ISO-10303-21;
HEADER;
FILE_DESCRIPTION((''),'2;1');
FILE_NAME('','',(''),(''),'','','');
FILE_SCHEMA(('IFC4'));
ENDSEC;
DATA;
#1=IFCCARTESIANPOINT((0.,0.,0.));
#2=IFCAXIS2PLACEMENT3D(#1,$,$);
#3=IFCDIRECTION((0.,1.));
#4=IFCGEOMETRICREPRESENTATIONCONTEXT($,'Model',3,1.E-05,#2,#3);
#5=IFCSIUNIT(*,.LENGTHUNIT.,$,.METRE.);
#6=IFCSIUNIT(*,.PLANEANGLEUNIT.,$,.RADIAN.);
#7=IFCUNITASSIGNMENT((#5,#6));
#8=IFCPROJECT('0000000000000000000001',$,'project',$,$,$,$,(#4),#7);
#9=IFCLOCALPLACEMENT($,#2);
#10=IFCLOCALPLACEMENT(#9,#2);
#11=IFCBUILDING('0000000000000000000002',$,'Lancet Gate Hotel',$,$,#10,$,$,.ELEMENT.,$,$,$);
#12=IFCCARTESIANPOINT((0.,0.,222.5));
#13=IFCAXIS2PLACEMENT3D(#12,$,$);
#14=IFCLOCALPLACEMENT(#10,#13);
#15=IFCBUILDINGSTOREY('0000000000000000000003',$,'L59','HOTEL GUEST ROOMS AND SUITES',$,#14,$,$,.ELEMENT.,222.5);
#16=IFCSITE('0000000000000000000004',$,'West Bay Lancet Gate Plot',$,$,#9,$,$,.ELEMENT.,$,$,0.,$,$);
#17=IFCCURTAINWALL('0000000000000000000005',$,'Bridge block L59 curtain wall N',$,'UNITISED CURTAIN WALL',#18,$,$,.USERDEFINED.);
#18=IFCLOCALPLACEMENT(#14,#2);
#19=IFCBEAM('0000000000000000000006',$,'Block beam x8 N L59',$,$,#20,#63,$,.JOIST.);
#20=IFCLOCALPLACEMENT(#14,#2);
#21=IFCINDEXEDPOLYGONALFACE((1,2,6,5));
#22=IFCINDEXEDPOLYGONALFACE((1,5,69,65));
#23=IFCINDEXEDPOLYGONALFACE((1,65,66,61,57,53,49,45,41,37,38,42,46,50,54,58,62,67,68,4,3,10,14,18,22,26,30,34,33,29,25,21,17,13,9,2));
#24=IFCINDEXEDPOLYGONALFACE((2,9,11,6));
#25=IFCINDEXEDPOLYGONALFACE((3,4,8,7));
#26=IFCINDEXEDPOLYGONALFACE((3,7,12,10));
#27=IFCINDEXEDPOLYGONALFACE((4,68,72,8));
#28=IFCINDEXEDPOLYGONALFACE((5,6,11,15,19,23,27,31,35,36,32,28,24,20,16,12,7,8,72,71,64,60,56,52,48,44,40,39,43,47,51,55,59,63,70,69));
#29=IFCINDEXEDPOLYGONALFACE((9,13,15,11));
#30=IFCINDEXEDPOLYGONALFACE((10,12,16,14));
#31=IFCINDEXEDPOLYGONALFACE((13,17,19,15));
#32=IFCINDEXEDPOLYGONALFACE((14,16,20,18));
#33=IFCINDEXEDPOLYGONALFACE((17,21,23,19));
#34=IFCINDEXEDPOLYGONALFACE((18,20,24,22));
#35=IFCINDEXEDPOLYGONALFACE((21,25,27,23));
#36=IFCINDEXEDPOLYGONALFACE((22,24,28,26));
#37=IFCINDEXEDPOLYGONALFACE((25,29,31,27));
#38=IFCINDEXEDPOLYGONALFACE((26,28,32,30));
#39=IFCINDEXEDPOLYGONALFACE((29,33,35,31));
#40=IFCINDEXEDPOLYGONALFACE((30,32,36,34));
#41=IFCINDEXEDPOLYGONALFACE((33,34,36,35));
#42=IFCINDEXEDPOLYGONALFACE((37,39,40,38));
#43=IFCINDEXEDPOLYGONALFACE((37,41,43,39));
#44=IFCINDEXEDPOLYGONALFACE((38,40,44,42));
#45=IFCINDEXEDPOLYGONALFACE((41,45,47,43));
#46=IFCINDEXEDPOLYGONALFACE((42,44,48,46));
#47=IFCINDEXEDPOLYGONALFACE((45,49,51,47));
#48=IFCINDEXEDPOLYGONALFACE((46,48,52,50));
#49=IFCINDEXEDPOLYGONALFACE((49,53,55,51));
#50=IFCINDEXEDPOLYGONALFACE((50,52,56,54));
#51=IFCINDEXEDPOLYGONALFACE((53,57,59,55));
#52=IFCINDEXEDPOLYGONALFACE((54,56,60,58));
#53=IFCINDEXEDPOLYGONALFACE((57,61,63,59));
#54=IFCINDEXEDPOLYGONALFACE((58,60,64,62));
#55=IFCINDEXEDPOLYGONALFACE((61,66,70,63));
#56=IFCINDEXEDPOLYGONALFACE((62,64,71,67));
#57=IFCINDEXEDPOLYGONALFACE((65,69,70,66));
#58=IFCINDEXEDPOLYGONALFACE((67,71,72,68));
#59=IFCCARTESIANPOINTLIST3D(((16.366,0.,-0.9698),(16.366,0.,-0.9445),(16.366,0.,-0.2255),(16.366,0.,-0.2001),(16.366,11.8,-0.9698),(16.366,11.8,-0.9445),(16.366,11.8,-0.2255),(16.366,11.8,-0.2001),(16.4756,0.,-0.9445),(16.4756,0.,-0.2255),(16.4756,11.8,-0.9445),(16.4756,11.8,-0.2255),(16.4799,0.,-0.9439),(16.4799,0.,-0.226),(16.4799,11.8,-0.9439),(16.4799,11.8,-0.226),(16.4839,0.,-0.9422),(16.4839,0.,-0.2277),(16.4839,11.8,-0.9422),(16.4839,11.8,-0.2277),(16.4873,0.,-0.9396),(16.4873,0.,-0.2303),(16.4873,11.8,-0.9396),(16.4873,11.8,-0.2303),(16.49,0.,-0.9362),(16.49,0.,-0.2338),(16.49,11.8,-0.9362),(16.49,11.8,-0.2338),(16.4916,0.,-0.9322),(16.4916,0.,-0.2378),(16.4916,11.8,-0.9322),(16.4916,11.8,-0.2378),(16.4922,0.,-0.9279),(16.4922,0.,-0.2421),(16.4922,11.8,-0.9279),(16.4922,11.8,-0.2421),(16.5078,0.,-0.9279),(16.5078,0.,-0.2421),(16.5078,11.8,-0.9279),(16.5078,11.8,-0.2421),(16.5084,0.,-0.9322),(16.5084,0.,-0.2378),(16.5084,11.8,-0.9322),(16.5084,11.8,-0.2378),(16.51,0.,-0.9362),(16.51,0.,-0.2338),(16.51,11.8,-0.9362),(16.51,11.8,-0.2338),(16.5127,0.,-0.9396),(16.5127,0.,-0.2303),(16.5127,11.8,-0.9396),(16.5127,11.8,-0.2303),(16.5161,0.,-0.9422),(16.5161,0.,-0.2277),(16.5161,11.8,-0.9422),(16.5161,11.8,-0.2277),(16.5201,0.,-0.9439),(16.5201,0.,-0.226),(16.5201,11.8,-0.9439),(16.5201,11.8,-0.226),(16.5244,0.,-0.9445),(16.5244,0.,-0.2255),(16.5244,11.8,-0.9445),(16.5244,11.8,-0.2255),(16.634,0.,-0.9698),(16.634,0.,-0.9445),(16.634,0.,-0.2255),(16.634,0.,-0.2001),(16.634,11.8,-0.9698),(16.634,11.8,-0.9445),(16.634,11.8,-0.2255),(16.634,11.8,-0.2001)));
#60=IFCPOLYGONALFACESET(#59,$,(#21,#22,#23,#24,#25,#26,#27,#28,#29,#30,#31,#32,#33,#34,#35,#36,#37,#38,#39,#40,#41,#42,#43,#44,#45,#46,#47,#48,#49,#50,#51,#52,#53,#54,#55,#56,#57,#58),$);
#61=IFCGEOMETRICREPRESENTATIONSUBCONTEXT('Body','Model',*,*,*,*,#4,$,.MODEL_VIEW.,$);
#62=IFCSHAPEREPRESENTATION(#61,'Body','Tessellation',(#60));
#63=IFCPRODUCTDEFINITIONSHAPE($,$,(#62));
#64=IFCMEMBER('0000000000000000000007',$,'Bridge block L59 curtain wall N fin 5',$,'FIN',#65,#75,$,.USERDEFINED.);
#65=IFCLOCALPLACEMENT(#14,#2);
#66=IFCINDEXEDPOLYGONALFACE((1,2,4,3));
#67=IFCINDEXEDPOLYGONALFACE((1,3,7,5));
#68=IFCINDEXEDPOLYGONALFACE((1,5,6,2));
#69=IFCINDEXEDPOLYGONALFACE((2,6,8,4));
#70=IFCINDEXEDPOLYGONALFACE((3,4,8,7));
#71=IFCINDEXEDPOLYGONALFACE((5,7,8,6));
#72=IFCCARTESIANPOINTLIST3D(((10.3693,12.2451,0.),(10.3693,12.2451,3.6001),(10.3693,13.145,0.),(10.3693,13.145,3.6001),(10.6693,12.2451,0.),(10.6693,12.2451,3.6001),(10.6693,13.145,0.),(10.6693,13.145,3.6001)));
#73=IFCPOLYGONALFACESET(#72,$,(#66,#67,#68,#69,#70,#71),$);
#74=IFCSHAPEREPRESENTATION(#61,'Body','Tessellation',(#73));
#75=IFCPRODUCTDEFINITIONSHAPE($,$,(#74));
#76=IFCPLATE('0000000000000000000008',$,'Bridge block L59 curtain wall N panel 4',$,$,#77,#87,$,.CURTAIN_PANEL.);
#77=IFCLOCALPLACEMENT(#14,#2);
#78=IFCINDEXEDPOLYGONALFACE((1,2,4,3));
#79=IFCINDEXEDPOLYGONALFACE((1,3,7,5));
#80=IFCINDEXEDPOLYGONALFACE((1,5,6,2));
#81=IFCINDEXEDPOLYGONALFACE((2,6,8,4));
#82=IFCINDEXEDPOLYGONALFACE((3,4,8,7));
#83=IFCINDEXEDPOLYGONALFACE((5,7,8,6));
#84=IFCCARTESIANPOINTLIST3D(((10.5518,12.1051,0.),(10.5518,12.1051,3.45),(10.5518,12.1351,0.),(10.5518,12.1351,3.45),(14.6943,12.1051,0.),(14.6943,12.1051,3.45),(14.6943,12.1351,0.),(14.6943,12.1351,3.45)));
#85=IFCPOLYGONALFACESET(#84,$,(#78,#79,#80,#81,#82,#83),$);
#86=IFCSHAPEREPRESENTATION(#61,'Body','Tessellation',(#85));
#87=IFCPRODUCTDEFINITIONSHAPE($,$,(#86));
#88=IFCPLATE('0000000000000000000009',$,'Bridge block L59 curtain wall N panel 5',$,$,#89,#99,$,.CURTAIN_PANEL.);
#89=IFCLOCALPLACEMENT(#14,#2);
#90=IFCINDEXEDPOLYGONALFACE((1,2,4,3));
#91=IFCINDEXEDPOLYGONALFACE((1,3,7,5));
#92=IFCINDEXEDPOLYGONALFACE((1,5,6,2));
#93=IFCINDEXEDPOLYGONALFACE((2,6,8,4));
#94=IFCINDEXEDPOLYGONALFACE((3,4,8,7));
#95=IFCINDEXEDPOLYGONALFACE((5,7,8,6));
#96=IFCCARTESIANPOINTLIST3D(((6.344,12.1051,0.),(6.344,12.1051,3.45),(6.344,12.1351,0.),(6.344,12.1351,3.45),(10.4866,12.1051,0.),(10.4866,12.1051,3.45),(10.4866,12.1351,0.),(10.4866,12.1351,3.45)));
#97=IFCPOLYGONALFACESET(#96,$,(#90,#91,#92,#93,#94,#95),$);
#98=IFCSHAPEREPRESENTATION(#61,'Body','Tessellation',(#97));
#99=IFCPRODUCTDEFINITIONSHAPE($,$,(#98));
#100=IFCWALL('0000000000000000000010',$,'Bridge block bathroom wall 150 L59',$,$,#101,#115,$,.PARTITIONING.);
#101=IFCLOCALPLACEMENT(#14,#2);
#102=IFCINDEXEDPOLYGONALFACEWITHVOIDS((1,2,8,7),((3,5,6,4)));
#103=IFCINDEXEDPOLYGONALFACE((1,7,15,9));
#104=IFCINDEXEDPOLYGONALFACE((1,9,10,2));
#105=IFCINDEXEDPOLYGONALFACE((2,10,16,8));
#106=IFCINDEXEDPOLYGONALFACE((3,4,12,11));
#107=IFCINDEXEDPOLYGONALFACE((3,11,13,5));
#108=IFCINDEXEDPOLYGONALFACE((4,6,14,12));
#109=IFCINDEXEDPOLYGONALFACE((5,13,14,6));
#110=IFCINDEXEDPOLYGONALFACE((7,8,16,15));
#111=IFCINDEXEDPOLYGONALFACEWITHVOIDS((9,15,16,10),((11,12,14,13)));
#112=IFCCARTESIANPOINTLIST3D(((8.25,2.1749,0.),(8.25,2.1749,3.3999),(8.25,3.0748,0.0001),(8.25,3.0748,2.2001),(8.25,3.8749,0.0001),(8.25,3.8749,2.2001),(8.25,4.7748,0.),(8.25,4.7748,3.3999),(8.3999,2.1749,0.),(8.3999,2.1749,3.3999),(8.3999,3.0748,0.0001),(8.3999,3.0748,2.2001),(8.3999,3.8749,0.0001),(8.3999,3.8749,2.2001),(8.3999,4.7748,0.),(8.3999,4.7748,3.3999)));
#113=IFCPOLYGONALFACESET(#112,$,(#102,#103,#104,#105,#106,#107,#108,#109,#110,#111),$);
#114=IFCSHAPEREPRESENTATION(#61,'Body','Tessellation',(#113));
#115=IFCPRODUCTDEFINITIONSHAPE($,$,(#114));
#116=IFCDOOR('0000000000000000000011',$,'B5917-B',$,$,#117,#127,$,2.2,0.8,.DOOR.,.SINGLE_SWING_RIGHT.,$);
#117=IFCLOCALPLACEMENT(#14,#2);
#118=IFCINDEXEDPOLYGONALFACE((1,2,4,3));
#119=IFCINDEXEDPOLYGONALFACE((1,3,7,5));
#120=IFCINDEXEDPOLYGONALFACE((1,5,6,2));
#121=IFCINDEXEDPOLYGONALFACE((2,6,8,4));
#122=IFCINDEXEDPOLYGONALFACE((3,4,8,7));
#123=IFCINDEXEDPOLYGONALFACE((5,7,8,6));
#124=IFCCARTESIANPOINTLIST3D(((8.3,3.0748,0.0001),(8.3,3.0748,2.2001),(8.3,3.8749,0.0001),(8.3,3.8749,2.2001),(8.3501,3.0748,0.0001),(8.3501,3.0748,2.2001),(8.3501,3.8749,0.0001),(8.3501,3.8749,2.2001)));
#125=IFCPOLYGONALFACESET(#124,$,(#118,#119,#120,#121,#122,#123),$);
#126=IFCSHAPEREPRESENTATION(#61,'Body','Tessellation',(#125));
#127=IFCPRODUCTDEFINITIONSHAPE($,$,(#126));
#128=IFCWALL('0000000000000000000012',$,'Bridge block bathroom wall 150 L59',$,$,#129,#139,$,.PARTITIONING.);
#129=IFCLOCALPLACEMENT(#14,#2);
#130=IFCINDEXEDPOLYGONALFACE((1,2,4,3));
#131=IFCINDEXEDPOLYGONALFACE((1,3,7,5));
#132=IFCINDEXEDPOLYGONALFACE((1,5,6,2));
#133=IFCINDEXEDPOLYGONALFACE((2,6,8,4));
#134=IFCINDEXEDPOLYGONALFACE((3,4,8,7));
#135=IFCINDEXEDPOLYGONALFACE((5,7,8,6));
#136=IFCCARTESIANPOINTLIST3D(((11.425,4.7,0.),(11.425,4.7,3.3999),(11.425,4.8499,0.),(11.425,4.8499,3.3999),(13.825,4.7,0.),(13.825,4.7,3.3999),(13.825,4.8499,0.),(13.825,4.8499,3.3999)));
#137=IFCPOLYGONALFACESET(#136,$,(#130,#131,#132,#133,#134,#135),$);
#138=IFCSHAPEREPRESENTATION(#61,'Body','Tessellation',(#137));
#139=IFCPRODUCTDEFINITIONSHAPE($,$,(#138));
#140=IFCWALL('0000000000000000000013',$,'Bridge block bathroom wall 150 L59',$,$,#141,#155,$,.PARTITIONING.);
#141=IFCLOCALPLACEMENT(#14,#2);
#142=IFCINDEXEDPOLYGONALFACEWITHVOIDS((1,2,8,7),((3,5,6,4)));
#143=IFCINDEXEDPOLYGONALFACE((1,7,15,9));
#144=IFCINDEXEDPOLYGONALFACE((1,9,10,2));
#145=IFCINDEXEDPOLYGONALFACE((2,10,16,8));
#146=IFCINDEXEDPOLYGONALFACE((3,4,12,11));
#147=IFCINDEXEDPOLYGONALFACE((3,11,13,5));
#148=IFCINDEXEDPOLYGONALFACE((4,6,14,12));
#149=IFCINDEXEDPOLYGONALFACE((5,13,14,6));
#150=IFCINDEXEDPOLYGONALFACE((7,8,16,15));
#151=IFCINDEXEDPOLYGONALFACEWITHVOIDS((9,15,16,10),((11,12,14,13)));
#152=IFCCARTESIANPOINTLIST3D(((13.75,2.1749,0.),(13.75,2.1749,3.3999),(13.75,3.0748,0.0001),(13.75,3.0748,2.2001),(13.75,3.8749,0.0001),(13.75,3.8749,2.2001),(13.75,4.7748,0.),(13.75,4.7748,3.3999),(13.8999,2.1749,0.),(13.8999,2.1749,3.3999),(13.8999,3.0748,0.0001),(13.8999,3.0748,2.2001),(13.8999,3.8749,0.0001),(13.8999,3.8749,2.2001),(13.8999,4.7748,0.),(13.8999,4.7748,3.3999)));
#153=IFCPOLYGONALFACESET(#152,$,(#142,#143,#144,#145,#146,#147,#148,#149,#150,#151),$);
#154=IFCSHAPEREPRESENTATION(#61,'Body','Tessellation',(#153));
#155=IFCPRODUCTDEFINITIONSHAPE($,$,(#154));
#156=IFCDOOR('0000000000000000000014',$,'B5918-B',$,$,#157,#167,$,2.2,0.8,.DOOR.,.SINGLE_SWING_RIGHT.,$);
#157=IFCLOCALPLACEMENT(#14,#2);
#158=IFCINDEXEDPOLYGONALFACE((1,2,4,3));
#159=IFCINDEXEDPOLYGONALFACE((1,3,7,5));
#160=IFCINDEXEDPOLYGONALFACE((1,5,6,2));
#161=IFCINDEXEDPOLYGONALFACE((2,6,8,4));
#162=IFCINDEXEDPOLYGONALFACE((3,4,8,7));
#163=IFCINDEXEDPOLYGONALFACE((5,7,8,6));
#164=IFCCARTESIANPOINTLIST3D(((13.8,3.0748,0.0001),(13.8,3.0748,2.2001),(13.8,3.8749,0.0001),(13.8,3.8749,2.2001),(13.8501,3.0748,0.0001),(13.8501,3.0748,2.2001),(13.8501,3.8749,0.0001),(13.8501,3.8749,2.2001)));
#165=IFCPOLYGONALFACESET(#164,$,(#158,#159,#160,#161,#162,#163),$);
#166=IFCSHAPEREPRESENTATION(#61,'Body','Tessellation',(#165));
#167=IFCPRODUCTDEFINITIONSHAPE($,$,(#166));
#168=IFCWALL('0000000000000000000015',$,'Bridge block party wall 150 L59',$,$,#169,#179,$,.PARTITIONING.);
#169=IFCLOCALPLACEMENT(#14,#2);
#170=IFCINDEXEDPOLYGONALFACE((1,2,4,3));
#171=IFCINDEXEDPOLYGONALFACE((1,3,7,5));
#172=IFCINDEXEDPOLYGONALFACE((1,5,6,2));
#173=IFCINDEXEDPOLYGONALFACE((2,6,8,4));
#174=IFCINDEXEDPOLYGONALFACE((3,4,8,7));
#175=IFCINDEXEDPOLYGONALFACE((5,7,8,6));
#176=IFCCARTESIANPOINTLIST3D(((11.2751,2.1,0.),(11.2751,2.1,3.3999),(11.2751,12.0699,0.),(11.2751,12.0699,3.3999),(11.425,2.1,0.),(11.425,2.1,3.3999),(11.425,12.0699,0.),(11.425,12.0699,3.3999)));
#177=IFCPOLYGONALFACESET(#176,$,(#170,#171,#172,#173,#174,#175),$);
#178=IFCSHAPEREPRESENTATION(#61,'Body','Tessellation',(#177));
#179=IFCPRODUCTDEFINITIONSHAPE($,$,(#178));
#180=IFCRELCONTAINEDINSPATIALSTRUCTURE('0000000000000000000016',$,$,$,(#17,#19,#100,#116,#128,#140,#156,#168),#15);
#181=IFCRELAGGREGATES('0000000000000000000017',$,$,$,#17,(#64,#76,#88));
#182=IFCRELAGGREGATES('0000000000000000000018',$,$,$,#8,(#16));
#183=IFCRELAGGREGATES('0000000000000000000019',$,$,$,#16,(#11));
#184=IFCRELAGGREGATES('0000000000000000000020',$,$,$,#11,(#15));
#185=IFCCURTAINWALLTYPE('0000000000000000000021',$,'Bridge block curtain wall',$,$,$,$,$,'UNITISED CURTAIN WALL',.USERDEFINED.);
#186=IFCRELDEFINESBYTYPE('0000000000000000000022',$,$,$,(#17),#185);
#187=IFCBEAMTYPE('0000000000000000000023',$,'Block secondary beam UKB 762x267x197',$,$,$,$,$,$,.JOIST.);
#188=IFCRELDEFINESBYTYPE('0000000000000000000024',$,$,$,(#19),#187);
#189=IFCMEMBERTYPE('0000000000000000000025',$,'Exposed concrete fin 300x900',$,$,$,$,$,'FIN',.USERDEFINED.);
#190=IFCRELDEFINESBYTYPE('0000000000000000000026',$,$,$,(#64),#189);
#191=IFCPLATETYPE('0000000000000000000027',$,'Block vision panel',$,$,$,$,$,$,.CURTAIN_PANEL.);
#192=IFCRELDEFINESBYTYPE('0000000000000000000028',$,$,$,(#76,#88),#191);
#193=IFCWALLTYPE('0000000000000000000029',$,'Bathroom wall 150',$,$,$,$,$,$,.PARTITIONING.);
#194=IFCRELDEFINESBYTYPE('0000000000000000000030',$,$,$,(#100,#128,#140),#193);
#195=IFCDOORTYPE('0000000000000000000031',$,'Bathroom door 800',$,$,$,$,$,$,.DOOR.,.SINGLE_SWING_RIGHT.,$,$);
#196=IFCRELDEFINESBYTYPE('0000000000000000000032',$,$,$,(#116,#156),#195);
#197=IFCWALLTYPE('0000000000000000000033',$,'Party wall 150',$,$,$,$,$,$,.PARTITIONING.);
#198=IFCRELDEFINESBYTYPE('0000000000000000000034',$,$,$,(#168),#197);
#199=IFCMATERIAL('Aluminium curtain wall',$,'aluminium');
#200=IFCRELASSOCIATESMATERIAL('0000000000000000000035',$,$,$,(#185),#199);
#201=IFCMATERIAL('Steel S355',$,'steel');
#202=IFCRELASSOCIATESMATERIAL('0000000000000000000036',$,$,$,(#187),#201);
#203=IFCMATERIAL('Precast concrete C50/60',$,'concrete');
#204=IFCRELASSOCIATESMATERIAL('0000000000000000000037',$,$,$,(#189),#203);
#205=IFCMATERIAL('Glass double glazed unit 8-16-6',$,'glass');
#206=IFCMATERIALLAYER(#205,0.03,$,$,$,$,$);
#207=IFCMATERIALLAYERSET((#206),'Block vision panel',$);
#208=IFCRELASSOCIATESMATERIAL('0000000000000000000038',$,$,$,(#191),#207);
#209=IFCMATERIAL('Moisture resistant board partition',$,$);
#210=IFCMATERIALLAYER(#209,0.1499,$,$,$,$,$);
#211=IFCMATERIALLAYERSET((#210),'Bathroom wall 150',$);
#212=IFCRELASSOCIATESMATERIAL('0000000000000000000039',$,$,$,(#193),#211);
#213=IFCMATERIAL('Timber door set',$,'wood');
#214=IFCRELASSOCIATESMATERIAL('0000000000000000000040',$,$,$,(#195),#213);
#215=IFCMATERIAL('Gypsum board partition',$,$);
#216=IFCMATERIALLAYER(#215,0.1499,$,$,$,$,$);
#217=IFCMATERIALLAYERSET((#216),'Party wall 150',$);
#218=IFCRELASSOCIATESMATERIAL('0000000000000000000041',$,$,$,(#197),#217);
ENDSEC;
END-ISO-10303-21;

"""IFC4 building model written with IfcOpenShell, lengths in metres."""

from ifc_helpers import new_model, si_unit, direction, frame, frame_2d, origin, origin_2d, place, context, subcontext, project, spatial, rectangle, i_section, extrude, material, layer, layer_set, material_profile, profile_set, type_object, element, fill, aggregate, save


model = new_model("IFC4")

# Units and contexts
model_context = context("Model", 3, precision=1e-05, world=origin(), true_north=direction((0.0, 1.0)))
body_context = subcontext(model_context, "Body", "Model", "MODEL_VIEW")
ifc_project = project(units=[si_unit("LENGTHUNIT", "METRE"), si_unit("PLANEANGLEUNIT", "RADIAN")], contexts=[model_context])

# Site, building, storey
site_placement = place(None, origin())
site = spatial("IfcSite", under=ifc_project, at=site_placement, Name="West Bay Lancet Gate Plot", CompositionType="ELEMENT", RefElevation=0.0)
building_placement = place(site_placement, origin())
building = spatial("IfcBuilding", under=site, at=building_placement, Name="Lancet Gate Hotel", CompositionType="ELEMENT")
storey_placement = place(building_placement, frame((0.0, 0.0, 222.5)))
storey = spatial("IfcBuildingStorey", under=building, at=storey_placement, Name="L59", Description="HOTEL GUEST ROOMS AND SUITES", CompositionType="ELEMENT", Elevation=222.5)

# Curtain wall
ifc_material_1 = material(Name="Aluminium curtain wall", Category="aluminium")
curtain_wall_type = type_object("IfcCurtainWallType", Name="Bridge block curtain wall", ElementType="UNITISED CURTAIN WALL", PredefinedType="USERDEFINED", material=ifc_material_1)
curtain_wall_placement = place(storey_placement, origin())
curtain_wall = element("IfcCurtainWall", 1, at=curtain_wall_placement, inside=storey, type_object=curtain_wall_type, Name="Bridge block L59 curtain wall N", ObjectType="UNITISED CURTAIN WALL", PredefinedType="USERDEFINED")

# Beam
ifc_material_2 = material(Name="Steel S355", Category="steel")
ifc_material_profile_1 = material_profile(ifc_material_2, i_section(OverallWidth=0.2681, OverallDepth=0.7698, WebThickness=0.0156, FlangeThickness=0.0254, FilletRadius=0.0166, at=origin_2d()), Name="UKB 762x267x197")
ifc_profile_set_1 = profile_set([ifc_material_profile_1], Name="Steel S355")
beam_type_1 = type_object("IfcBeamType", Name="Block secondary beam UKB 762x267x197", PredefinedType="JOIST", material=ifc_profile_set_1)
for number, where, z_axis, x_axis, name in (
    (2, (16.5, 0.0, -0.585), (0.0, 1.0, 0.0), (-1.0, 0.0, 0.0), "Block beam x8 N L59"),
):
    element("IfcBeam", number, at=place(storey_placement, frame(where, z_axis=z_axis, x_axis=x_axis)), inside=storey, type_object=beam_type_1, Name=name, PredefinedType="JOIST", context=body_context, shape_type="SweptSolid", body=[
        extrude(i_section(OverallWidth=0.2681, OverallDepth=0.7698, WebThickness=0.0156, FlangeThickness=0.0254, FilletRadius=0.0166, at=origin_2d()), origin(), (0.0, 0.0, 1.0), 11.8),
    ])

# Member
ifc_material_3 = material(Name="Precast concrete C50/60", Category="concrete")
ifc_material_profile_2 = material_profile(ifc_material_3, rectangle(XDim=0.3, YDim=0.8999, at=origin_2d()), Name="FIN 300x900")
ifc_profile_set_2 = profile_set([ifc_material_profile_2], Name="Precast concrete C50/60")
member_type_1 = type_object("IfcMemberType", Name="Exposed concrete fin 300x900", ElementType="FIN", PredefinedType="USERDEFINED", material=ifc_profile_set_2)
member_1_placement = place(storey_placement, frame((10.5193, 12.6951, 0.0), z_axis=(0.0, 0.0, 1.0), x_axis=(-1.0, 0.0, 0.0)))
member_1 = element("IfcMember", 3, at=member_1_placement, type_object=member_type_1, Name="Bridge block L59 curtain wall N fin 5", ObjectType="FIN", PredefinedType="USERDEFINED", context=body_context, shape_type="SweptSolid", body=[
    extrude(rectangle(XDim=0.3, YDim=0.8999, at=origin_2d()), origin(), (0.0, 0.0, 1.0), 3.6001),
])

# Plates
ifc_material_4 = material(Name="Glass double glazed unit 8-16-6", Category="glass")
ifc_layer_1 = layer(ifc_material_4, 0.03)
ifc_layer_set_1 = layer_set([ifc_layer_1], Name="Block vision panel")
plate_type = type_object("IfcPlateType", Name="Block vision panel", PredefinedType="CURTAIN_PANEL", material=ifc_layer_set_1)
plate_1_placement = place(storey_placement, frame((12.623, 12.1201, 0.0), z_axis=(0.0, 0.0, 1.0), x_axis=(-1.0, 0.0, 0.0)))
plate_1 = element("IfcPlate", 4, at=plate_1_placement, type_object=plate_type, Name="Bridge block L59 curtain wall N panel 4", PredefinedType="CURTAIN_PANEL", context=body_context, shape_type="SweptSolid", body=[
    extrude(rectangle(XDim=4.1426, YDim=0.03, at=origin_2d()), origin(), (0.0, 0.0, 1.0), 3.45),
])
plate_2_placement = place(storey_placement, frame((8.4153, 12.1201, 0.0), z_axis=(0.0, 0.0, 1.0), x_axis=(-1.0, 0.0, 0.0)))
plate_2 = element("IfcPlate", 5, at=plate_2_placement, type_object=plate_type, Name="Bridge block L59 curtain wall N panel 5", PredefinedType="CURTAIN_PANEL", context=body_context, shape_type="SweptSolid", body=[
    extrude(rectangle(XDim=4.1426, YDim=0.03, at=origin_2d()), origin(), (0.0, 0.0, 1.0), 3.45),
])
aggregate(curtain_wall, [member_1, plate_1, plate_2])

# Wall, opening, door
ifc_material_5 = material(Name="Moisture resistant board partition")
ifc_layer_2 = layer(ifc_material_5, 0.1499)
ifc_layer_set_2 = layer_set([ifc_layer_2], Name="Bathroom wall 150")
wall_type_1 = type_object("IfcWallType", Name="Bathroom wall 150", PredefinedType="PARTITIONING", material=ifc_layer_set_2)
wall_1_placement = place(storey_placement, frame((8.325, 2.175, 0.0), z_axis=(0.0, 0.0, 1.0), x_axis=(0.0, 1.0, 0.0)))
wall_1 = element("IfcWall", 6, at=wall_1_placement, inside=storey, type_object=wall_type_1, Name="Bridge block bathroom wall 150 L59", PredefinedType="PARTITIONING", context=body_context, shape_type="SweptSolid", body=[
    extrude(rectangle(XDim=2.5999, YDim=0.1499, at=frame_2d((1.2998, 0.0))), origin(), (0.0, 0.0, 1.0), 3.3999),
])
opening_1_placement = place(wall_1_placement, frame((0.8999, 0.0, 0.0)))
opening_1 = element("IfcOpeningElement", 7, at=opening_1_placement, cuts=wall_1, PredefinedType="OPENING", context=body_context, shape_type="SweptSolid", body=[
    extrude(rectangle(XDim=0.8, YDim=2.2, at=frame_2d((0.3999, 1.1001))), frame((0.0, 0.085, 0.0), z_axis=(0.0, -1.0, 0.0), x_axis=(1.0, 0.0, 0.0)), (0.0, 0.0, 1.0), 0.1699),
])
ifc_material_6 = material(Name="Timber door set", Category="wood")
door_type = type_object("IfcDoorType", Name="Bathroom door 800", OperationType="SINGLE_SWING_RIGHT", PredefinedType="DOOR", material=ifc_material_6)
door_1_placement = place(opening_1_placement, origin())
door_1 = element("IfcDoor", 8, at=door_1_placement, inside=storey, type_object=door_type, Name="B5917-B", OperationType="SINGLE_SWING_RIGHT", OverallHeight=2.2, OverallWidth=0.8, PredefinedType="DOOR", context=body_context, shape_type="SweptSolid", body=[
    extrude(rectangle(XDim=0.8, YDim=2.2, at=frame_2d((0.3999, 1.1001))), frame((0.0, 0.0249, 0.0), z_axis=(0.0, -1.0, 0.0), x_axis=(1.0, 0.0, 0.0)), (0.0, 0.0, 1.0), 0.05),
])
fill(opening_1, door_1)

# Wall
wall_2_placement = place(storey_placement, frame((11.425, 4.7749, 0.0), z_axis=(0.0, 0.0, 1.0), x_axis=(1.0, 0.0, 0.0)))
element("IfcWall", 9, at=wall_2_placement, inside=storey, type_object=wall_type_1, Name="Bridge block bathroom wall 150 L59", PredefinedType="PARTITIONING", context=body_context, shape_type="SweptSolid", body=[
    extrude(rectangle(XDim=2.3999, YDim=0.1499, at=frame_2d((1.2, 0.0))), origin(), (0.0, 0.0, 1.0), 3.3999),
])

# Wall, opening, door
wall_3_placement = place(storey_placement, frame((13.825, 2.175, 0.0), z_axis=(0.0, 0.0, 1.0), x_axis=(0.0, 1.0, 0.0)))
wall_3 = element("IfcWall", 10, at=wall_3_placement, inside=storey, type_object=wall_type_1, Name="Bridge block bathroom wall 150 L59", PredefinedType="PARTITIONING", context=body_context, shape_type="SweptSolid", body=[
    extrude(rectangle(XDim=2.5999, YDim=0.1499, at=frame_2d((1.2998, 0.0))), origin(), (0.0, 0.0, 1.0), 3.3999),
])
opening_2_placement = place(wall_3_placement, frame((0.8999, 0.0, 0.0)))
opening_2 = element("IfcOpeningElement", 11, at=opening_2_placement, cuts=wall_3, PredefinedType="OPENING", context=body_context, shape_type="SweptSolid", body=[
    extrude(rectangle(XDim=0.8, YDim=2.2, at=frame_2d((0.3999, 1.1001))), frame((0.0, 0.085, 0.0), z_axis=(0.0, -1.0, 0.0), x_axis=(1.0, 0.0, 0.0)), (0.0, 0.0, 1.0), 0.1699),
])
door_2_placement = place(opening_2_placement, origin())
door_2 = element("IfcDoor", 12, at=door_2_placement, inside=storey, type_object=door_type, Name="B5918-B", OperationType="SINGLE_SWING_RIGHT", OverallHeight=2.2, OverallWidth=0.8, PredefinedType="DOOR", context=body_context, shape_type="SweptSolid", body=[
    extrude(rectangle(XDim=0.8, YDim=2.2, at=frame_2d((0.3999, 1.1001))), frame((0.0, 0.0249, 0.0), z_axis=(0.0, -1.0, 0.0), x_axis=(1.0, 0.0, 0.0)), (0.0, 0.0, 1.0), 0.05),
])
fill(opening_2, door_2)

# Wall
ifc_material_7 = material(Name="Gypsum board partition")
ifc_layer_3 = layer(ifc_material_7, 0.1499)
ifc_layer_set_3 = layer_set([ifc_layer_3], Name="Party wall 150")
wall_type_2 = type_object("IfcWallType", Name="Party wall 150", PredefinedType="PARTITIONING", material=ifc_layer_set_3)
wall_4_placement = place(storey_placement, frame((11.3501, 2.1001, 0.0), z_axis=(0.0, 0.0, 1.0), x_axis=(0.0, 1.0, 0.0)))
element("IfcWall", 13, at=wall_4_placement, inside=storey, type_object=wall_type_2, Name="Bridge block party wall 150 L59", PredefinedType="PARTITIONING", context=body_context, shape_type="SweptSolid", body=[
    extrude(rectangle(XDim=9.97, YDim=0.1499, at=frame_2d((4.9849, 0.0))), origin(), (0.0, 0.0, 1.0), 3.3999),
])

save(model, "model.ifc")
